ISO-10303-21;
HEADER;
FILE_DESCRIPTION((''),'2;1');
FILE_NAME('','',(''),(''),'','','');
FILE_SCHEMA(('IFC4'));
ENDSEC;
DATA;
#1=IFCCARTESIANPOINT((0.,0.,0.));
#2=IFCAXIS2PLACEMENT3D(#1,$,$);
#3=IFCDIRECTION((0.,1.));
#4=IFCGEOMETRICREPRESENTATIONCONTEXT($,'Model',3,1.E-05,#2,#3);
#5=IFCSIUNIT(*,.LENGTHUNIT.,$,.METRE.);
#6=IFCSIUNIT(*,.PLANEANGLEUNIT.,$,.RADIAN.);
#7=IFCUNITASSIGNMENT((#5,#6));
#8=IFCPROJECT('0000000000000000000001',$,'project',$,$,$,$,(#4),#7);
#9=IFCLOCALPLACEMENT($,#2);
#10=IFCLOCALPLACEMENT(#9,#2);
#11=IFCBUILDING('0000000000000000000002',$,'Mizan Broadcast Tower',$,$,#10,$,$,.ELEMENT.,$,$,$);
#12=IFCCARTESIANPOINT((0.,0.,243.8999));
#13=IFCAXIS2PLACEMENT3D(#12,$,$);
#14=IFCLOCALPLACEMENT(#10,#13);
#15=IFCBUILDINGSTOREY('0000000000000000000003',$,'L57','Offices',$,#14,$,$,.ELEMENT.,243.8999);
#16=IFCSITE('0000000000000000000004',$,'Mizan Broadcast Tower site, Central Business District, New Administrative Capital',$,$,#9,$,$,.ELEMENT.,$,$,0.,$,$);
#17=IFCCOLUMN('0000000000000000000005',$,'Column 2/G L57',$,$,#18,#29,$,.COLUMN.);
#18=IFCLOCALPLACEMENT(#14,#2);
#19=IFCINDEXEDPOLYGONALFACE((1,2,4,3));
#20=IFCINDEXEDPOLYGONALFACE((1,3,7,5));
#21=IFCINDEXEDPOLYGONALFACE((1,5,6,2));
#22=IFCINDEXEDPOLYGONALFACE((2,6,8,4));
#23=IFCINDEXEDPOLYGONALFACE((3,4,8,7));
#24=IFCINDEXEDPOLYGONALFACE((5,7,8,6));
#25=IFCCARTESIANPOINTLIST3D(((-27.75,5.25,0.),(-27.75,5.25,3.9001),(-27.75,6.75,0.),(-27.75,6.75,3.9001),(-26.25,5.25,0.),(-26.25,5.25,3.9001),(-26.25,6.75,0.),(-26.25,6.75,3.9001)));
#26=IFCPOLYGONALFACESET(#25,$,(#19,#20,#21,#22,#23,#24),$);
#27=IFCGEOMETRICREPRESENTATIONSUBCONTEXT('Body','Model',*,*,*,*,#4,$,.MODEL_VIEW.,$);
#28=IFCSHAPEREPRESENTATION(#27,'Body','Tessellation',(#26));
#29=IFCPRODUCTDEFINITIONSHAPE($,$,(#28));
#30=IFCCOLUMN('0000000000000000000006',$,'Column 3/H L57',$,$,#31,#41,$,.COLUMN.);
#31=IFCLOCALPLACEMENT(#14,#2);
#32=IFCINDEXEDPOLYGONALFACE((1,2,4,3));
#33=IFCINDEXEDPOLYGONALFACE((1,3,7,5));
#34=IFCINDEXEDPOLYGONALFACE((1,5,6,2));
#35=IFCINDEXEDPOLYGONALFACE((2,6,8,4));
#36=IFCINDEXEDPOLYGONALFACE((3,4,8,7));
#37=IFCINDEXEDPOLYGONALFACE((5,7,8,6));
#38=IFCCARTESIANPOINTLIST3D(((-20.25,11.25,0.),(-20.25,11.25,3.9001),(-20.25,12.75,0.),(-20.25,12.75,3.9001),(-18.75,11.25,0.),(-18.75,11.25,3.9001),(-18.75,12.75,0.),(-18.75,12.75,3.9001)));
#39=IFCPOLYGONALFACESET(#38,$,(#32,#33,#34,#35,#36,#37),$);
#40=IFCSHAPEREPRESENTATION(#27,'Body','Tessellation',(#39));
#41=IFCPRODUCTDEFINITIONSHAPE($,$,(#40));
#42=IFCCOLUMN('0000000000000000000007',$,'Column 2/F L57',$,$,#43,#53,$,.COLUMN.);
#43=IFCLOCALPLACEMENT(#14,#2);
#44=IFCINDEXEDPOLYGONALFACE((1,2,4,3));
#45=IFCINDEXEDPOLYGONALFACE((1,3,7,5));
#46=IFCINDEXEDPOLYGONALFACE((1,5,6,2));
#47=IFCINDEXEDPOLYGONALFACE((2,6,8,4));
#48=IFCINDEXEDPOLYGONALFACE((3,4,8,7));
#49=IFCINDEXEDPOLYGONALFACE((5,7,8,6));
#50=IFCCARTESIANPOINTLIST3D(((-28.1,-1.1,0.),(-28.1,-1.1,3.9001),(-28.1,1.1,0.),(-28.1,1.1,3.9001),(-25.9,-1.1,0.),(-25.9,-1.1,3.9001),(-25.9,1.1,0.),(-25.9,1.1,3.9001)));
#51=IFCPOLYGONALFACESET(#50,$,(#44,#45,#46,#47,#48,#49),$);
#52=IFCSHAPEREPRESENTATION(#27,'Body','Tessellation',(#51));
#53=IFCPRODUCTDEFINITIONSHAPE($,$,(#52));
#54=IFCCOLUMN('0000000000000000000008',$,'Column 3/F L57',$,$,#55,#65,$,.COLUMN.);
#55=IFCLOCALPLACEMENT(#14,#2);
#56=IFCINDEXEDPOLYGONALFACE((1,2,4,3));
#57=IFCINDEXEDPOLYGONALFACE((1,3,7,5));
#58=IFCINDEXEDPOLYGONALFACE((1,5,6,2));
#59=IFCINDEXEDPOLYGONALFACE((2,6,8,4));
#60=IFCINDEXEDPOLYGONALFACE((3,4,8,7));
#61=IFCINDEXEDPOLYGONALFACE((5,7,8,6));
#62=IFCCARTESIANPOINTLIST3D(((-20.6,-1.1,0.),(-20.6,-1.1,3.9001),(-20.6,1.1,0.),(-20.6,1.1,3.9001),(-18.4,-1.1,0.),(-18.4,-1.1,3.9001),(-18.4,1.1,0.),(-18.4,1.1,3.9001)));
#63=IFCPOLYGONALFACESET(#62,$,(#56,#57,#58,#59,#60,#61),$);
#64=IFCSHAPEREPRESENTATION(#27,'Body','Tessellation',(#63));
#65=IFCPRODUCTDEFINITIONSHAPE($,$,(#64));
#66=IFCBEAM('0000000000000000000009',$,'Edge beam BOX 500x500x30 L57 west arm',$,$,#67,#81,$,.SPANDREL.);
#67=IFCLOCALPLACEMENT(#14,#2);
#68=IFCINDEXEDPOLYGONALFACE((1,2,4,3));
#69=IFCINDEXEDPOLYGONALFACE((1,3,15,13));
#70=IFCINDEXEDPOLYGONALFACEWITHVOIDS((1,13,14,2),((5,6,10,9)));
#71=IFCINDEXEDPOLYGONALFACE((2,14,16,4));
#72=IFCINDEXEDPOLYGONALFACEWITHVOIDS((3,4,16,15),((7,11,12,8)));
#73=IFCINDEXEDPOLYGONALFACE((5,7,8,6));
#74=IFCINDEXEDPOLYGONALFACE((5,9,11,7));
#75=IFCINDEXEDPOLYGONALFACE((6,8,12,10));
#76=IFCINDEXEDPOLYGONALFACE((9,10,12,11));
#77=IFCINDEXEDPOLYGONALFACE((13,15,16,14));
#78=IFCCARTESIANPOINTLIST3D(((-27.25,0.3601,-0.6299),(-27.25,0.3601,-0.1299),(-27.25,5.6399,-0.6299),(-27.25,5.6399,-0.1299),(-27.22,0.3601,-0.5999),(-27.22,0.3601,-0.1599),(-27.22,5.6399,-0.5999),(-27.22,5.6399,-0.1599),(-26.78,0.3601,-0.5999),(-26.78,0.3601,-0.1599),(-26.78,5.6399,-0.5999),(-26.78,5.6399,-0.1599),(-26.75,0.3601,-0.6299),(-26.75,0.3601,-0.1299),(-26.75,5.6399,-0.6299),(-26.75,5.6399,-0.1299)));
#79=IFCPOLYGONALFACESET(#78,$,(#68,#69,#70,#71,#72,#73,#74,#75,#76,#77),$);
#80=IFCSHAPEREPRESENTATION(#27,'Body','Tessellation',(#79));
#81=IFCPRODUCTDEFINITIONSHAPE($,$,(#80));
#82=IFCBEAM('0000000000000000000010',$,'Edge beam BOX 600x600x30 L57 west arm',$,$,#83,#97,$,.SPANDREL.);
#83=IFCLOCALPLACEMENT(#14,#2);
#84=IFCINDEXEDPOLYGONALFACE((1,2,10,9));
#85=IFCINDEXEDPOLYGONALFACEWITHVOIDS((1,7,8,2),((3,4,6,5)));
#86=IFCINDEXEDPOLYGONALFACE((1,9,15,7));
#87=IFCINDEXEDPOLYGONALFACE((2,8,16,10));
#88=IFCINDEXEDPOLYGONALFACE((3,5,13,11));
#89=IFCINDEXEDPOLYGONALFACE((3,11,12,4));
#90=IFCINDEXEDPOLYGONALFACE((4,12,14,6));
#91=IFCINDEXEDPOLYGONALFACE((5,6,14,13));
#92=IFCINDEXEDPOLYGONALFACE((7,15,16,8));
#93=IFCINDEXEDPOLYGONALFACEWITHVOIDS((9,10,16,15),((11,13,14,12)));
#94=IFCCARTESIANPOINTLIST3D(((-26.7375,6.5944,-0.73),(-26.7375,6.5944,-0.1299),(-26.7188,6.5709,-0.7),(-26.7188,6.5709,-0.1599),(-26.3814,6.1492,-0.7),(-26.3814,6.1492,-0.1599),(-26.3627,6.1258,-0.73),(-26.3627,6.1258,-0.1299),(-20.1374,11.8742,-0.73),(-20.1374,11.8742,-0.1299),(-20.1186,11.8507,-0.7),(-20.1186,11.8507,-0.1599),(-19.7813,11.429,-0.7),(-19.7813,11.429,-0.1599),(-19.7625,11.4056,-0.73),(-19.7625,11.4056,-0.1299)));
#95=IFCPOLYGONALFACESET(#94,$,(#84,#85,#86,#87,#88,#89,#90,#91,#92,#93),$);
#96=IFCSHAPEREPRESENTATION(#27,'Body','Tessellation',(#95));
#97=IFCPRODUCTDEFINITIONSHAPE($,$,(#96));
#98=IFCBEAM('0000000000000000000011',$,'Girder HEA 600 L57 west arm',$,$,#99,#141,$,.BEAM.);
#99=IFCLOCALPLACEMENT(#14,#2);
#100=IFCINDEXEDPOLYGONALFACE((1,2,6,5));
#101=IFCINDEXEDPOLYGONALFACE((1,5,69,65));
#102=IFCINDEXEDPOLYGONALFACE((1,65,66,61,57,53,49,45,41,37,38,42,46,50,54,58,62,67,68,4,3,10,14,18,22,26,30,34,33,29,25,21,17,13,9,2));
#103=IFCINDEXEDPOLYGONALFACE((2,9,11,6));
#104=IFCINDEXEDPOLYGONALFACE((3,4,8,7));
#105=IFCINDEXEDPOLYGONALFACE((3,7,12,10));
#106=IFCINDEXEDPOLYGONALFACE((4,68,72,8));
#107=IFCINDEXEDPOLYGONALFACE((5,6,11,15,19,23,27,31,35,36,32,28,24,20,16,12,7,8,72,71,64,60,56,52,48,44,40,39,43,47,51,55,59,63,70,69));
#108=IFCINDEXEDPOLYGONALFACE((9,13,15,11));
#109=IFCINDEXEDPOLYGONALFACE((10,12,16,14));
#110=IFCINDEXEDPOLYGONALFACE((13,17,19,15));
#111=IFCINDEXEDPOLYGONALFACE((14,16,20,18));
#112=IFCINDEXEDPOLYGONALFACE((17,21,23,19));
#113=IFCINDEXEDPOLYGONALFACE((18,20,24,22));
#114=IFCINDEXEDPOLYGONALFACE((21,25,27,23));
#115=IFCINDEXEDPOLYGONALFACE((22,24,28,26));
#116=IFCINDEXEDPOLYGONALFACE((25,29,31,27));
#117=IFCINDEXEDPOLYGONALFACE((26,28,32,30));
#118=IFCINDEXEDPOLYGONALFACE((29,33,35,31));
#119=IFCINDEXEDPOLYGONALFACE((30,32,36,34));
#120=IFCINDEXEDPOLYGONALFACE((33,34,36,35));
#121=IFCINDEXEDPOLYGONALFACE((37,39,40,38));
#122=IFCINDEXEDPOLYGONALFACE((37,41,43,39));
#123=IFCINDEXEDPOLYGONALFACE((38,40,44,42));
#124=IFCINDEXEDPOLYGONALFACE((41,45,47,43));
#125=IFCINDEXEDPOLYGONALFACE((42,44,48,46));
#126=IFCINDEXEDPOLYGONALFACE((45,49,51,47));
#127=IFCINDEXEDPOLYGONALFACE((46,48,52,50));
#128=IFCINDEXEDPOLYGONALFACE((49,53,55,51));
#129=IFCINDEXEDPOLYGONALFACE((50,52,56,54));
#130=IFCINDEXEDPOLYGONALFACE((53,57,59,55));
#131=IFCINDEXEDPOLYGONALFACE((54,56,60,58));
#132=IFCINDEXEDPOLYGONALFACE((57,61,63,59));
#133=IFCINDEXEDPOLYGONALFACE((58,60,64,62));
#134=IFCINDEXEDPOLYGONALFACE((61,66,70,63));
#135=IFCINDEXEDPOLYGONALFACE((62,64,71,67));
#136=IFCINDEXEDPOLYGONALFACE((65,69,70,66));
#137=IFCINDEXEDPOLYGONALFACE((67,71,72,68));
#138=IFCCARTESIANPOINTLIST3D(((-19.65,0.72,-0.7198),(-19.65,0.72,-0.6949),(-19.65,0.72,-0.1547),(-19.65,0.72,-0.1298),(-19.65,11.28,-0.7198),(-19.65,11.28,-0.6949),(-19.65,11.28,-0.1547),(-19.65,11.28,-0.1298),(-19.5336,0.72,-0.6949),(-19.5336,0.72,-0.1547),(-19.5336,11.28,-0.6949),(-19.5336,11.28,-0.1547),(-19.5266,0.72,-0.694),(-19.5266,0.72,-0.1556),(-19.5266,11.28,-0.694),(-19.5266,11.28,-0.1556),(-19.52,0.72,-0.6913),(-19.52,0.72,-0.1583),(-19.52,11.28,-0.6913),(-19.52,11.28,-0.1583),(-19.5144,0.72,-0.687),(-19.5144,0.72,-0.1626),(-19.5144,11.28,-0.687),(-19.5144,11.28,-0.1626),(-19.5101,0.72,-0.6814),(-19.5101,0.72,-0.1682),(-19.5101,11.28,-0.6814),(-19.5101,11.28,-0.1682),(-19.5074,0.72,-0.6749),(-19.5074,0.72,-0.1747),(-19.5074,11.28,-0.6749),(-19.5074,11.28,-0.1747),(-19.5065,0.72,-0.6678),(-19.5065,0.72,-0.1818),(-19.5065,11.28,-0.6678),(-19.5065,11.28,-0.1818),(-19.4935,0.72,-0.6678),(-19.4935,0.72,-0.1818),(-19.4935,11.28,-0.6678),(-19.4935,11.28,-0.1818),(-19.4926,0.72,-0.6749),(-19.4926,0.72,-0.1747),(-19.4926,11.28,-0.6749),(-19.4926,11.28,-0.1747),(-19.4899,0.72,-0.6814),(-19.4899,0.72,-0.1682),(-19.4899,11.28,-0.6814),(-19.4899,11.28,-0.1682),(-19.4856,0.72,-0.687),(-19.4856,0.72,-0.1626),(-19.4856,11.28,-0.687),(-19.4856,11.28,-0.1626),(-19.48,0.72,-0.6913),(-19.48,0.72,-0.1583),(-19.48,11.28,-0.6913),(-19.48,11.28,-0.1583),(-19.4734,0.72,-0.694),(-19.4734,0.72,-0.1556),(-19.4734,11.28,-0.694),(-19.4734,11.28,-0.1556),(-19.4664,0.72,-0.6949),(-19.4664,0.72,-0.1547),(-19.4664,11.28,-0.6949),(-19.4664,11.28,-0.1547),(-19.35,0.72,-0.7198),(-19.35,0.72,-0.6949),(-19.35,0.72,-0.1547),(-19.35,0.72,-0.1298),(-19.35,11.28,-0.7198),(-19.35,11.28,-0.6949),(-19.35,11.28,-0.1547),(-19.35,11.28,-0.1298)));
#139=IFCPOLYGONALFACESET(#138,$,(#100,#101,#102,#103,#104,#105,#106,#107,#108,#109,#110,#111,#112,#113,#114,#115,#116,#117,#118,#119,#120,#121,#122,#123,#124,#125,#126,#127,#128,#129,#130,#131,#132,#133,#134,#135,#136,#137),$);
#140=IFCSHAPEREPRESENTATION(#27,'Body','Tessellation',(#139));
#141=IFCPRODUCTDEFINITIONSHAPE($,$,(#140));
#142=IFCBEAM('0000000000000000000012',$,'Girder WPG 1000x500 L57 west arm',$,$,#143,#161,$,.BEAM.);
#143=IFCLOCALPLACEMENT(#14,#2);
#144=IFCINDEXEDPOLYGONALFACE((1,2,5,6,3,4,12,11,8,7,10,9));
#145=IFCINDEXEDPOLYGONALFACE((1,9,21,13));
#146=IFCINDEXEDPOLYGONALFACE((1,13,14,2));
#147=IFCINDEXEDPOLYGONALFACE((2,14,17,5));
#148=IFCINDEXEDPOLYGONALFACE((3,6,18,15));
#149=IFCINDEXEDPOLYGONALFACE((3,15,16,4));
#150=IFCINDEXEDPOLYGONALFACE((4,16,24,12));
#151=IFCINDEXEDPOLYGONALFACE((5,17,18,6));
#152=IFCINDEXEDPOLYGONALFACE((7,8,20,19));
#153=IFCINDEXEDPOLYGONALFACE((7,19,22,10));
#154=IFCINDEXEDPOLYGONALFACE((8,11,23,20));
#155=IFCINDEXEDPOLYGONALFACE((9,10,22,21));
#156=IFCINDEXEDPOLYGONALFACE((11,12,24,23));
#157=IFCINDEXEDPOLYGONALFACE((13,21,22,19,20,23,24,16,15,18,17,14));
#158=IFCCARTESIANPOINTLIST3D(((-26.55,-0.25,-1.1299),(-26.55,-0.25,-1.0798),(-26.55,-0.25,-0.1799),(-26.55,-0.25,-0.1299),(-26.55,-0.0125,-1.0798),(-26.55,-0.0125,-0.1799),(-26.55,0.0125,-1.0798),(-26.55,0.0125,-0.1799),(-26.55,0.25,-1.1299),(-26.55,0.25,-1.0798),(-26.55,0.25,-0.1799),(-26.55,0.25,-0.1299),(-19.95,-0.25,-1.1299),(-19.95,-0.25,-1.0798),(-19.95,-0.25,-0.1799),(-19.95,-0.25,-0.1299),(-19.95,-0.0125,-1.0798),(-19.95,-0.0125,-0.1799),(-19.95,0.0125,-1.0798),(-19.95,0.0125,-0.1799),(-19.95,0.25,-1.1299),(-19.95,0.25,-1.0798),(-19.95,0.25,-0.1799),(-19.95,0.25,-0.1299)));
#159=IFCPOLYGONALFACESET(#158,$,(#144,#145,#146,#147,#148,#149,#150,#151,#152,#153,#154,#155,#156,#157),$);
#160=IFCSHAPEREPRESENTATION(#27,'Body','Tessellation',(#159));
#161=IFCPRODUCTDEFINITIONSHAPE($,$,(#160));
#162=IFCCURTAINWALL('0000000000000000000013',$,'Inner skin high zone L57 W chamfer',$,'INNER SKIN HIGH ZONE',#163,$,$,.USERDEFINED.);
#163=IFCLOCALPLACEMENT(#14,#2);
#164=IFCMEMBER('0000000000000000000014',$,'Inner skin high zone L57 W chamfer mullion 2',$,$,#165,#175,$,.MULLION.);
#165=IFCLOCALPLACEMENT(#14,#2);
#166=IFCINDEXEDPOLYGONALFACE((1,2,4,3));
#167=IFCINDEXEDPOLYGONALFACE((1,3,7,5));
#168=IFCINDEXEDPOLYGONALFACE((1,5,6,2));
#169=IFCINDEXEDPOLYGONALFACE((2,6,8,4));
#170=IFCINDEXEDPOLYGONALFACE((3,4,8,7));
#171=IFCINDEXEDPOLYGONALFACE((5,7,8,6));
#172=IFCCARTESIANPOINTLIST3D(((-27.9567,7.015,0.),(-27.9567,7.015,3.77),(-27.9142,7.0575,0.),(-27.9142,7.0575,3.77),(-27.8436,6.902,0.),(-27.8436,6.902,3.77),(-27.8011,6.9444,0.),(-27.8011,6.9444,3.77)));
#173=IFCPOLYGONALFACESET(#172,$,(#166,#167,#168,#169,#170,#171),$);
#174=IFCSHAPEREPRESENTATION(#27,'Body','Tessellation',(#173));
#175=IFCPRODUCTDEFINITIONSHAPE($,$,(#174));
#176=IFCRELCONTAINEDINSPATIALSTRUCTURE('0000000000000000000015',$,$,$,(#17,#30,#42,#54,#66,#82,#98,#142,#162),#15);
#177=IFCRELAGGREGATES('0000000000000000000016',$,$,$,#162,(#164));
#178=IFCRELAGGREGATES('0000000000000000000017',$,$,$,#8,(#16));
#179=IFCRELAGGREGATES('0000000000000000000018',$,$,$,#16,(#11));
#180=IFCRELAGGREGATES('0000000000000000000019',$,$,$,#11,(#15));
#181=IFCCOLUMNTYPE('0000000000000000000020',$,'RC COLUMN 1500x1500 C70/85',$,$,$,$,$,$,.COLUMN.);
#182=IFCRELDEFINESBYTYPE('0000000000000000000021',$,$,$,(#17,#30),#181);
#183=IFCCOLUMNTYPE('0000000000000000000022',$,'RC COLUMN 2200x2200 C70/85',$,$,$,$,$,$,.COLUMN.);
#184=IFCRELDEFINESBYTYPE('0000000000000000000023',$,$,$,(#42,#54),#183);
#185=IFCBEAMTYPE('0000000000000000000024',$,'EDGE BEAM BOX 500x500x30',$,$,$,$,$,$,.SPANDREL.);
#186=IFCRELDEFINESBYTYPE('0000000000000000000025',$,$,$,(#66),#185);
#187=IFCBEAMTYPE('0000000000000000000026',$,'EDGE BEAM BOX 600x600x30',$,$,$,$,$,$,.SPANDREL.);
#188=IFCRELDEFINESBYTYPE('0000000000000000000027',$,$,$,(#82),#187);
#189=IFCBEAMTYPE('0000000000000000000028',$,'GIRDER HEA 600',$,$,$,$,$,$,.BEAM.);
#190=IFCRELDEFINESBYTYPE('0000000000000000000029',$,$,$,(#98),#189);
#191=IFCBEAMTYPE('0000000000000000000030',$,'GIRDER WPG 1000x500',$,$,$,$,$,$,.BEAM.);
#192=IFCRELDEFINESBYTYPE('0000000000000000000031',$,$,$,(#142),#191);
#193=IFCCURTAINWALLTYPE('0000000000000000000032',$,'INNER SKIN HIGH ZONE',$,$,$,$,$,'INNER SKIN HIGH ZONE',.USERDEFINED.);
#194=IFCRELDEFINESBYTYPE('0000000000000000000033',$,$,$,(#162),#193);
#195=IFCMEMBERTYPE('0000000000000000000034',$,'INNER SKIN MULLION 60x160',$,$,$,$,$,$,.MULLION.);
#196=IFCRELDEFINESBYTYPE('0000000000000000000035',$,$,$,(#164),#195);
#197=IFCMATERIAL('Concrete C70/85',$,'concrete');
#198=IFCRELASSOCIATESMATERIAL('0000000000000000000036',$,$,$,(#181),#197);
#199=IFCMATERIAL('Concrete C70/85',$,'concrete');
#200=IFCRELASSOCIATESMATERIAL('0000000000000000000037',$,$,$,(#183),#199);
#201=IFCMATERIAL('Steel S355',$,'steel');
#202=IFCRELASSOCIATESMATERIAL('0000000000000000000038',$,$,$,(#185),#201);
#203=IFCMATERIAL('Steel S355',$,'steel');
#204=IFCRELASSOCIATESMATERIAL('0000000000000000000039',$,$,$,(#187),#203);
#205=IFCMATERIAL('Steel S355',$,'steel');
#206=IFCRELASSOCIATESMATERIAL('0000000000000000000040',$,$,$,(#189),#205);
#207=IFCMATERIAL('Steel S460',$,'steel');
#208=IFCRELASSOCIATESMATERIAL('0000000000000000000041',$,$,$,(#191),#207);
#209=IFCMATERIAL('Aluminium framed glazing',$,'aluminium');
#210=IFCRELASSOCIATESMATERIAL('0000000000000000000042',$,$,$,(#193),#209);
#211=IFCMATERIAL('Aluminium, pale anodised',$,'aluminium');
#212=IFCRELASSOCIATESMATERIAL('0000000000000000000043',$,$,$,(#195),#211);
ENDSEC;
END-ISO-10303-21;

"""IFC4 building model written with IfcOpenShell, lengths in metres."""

from ifc_helpers import new_model, si_unit, direction, frame, origin, origin_2d, place, context, subcontext, project, spatial, rectangle, hollow_rectangle, i_section, extrude, material, material_profile, profile_set, type_object, element, aggregate, save


model = new_model("IFC4")

# Units and contexts
model_context = context("Model", 3, precision=1e-05, world=origin(), true_north=direction((0.0, 1.0)))
body_context = subcontext(model_context, "Body", "Model", "MODEL_VIEW")
ifc_project = project(units=[si_unit("LENGTHUNIT", "METRE"), si_unit("PLANEANGLEUNIT", "RADIAN")], contexts=[model_context])

# Site, building, storey
site_placement = place(None, origin())
site = spatial("IfcSite", under=ifc_project, at=site_placement, Name="Mizan Broadcast Tower site, Central Business District, New Administrative Capital", CompositionType="ELEMENT", RefElevation=0.0)
building_placement = place(site_placement, origin())
building = spatial("IfcBuilding", under=site, at=building_placement, Name="Mizan Broadcast Tower", CompositionType="ELEMENT")
storey_placement = place(building_placement, frame((0.0, 0.0, 243.8999)))
storey = spatial("IfcBuildingStorey", under=building, at=storey_placement, Name="L57", Description="Offices", CompositionType="ELEMENT", Elevation=243.8999)

# Columns
ifc_material_1 = material(Name="Concrete C70/85", Category="concrete")
ifc_material_profile_1 = material_profile(ifc_material_1, rectangle(XDim=1.5, YDim=1.5, at=origin_2d()), Name="RC 1500x1500")
ifc_profile_set_1 = profile_set([ifc_material_profile_1], Name="Concrete C70/85")
column_type_1 = type_object("IfcColumnType", Name="RC COLUMN 1500x1500 C70/85", PredefinedType="COLUMN", material=ifc_profile_set_1)
for number, where, z_axis, x_axis, name in (
    (1, (-27.0, 6.0, 0.0), (0.0, 0.0, 1.0), (1.0, 0.0, 0.0), "Column 2/G L57"),
    (2, (-19.5, 12.0, 0.0), (0.0, 0.0, 1.0), (1.0, 0.0, 0.0), "Column 3/H L57"),
):
    element("IfcColumn", number, at=place(storey_placement, frame(where, z_axis=z_axis, x_axis=x_axis)), inside=storey, type_object=column_type_1, Name=name, PredefinedType="COLUMN", context=body_context, shape_type="SweptSolid", body=[
        extrude(rectangle(XDim=1.5, YDim=1.5, at=origin_2d()), origin(), (0.0, 0.0, 1.0), 3.9001),
    ])
ifc_material_2 = material(Name="Concrete C70/85", Category="concrete")
ifc_material_profile_2 = material_profile(ifc_material_2, rectangle(XDim=2.2, YDim=2.2, at=origin_2d()), Name="RC 2200x2200")
ifc_profile_set_2 = profile_set([ifc_material_profile_2], Name="Concrete C70/85")
column_type_2 = type_object("IfcColumnType", Name="RC COLUMN 2200x2200 C70/85", PredefinedType="COLUMN", material=ifc_profile_set_2)
for number, where, z_axis, x_axis, name in (
    (3, (-27.0, 0.0, 0.0), (0.0, 0.0, 1.0), (1.0, 0.0, 0.0), "Column 2/F L57"),
    (4, (-19.5, 0.0, 0.0), (0.0, 0.0, 1.0), (1.0, 0.0, 0.0), "Column 3/F L57"),
):
    element("IfcColumn", number, at=place(storey_placement, frame(where, z_axis=z_axis, x_axis=x_axis)), inside=storey, type_object=column_type_2, Name=name, PredefinedType="COLUMN", context=body_context, shape_type="SweptSolid", body=[
        extrude(rectangle(XDim=2.2, YDim=2.2, at=origin_2d()), origin(), (0.0, 0.0, 1.0), 3.9001),
    ])

# Beams
ifc_material_3 = material(Name="Steel S355", Category="steel")
ifc_material_profile_3 = material_profile(ifc_material_3, hollow_rectangle(XDim=0.5, YDim=0.5, WallThickness=0.03, at=origin_2d()), Name="BOX 500x500x30")
ifc_profile_set_3 = profile_set([ifc_material_profile_3], Name="Steel S355")
beam_type_1 = type_object("IfcBeamType", Name="EDGE BEAM BOX 500x500x30", PredefinedType="SPANDREL", material=ifc_profile_set_3)
beam_1_placement = place(storey_placement, frame((-27.0, 5.6399, -0.3799), z_axis=(0.0, -1.0, 0.0), x_axis=(1.0, 0.0, 0.0)))
element("IfcBeam", 5, at=beam_1_placement, inside=storey, type_object=beam_type_1, Name="Edge beam BOX 500x500x30 L57 west arm", PredefinedType="SPANDREL", context=body_context, shape_type="SweptSolid", body=[
    extrude(hollow_rectangle(XDim=0.5, YDim=0.5, WallThickness=0.03, at=origin_2d()), origin(), (0.0, 0.0, 1.0), 5.2798),
])
ifc_material_4 = material(Name="Steel S355", Category="steel")
ifc_material_profile_4 = material_profile(ifc_material_4, hollow_rectangle(XDim=0.6001, YDim=0.6001, WallThickness=0.03, at=origin_2d()), Name="BOX 600x600x30")
ifc_profile_set_4 = profile_set([ifc_material_profile_4], Name="Steel S355")
beam_type_2 = type_object("IfcBeamType", Name="EDGE BEAM BOX 600x600x30", PredefinedType="SPANDREL", material=ifc_profile_set_4)
beam_2_placement = place(storey_placement, frame((-19.95, 11.6399, -0.4299), z_axis=(-0.780886, -0.624674, 0.0), x_axis=(0.624674, -0.780886, 0.0)))
element("IfcBeam", 6, at=beam_2_placement, inside=storey, type_object=beam_type_2, Name="Edge beam BOX 600x600x30 L57 west arm", PredefinedType="SPANDREL", context=body_context, shape_type="SweptSolid", body=[
    extrude(hollow_rectangle(XDim=0.6001, YDim=0.6001, WallThickness=0.03, at=origin_2d()), origin(), (0.0, 0.0, 1.0), 8.4521),
])
ifc_material_5 = material(Name="Steel S355", Category="steel")
ifc_material_profile_5 = material_profile(ifc_material_5, i_section(OverallWidth=0.3, OverallDepth=0.5901, WebThickness=0.0129, FlangeThickness=0.0249, FilletRadius=0.0271, at=origin_2d()), Name="HEA 600")
ifc_profile_set_5 = profile_set([ifc_material_profile_5], Name="Steel S355")
beam_type_3 = type_object("IfcBeamType", Name="GIRDER HEA 600", PredefinedType="BEAM", material=ifc_profile_set_5)
beam_3_placement = place(storey_placement, frame((-19.5, 11.28, -0.4248), z_axis=(0.0, -1.0, 0.0), x_axis=(1.0, 0.0, 0.0)))
element("IfcBeam", 7, at=beam_3_placement, inside=storey, type_object=beam_type_3, Name="Girder HEA 600 L57 west arm", PredefinedType="BEAM", context=body_context, shape_type="SweptSolid", body=[
    extrude(i_section(OverallWidth=0.3, OverallDepth=0.5901, WebThickness=0.0129, FlangeThickness=0.0249, FilletRadius=0.0271, at=origin_2d()), origin(), (0.0, 0.0, 1.0), 10.5601),
])
ifc_material_6 = material(Name="Steel S460", Category="steel")
ifc_material_profile_6 = material_profile(ifc_material_6, i_section(OverallWidth=0.5, OverallDepth=1.0, WebThickness=0.0249, FlangeThickness=0.05, at=origin_2d()), Name="WPG 1000x500")
ifc_profile_set_6 = profile_set([ifc_material_profile_6], Name="Steel S460")
beam_type_4 = type_object("IfcBeamType", Name="GIRDER WPG 1000x500", PredefinedType="BEAM", material=ifc_profile_set_6)
beam_4_placement = place(storey_placement, frame((-19.95, 0.0, -0.6299), z_axis=(-1.0, 0.0, 0.0), x_axis=(0.0, -1.0, 0.0)))
element("IfcBeam", 8, at=beam_4_placement, inside=storey, type_object=beam_type_4, Name="Girder WPG 1000x500 L57 west arm", PredefinedType="BEAM", context=body_context, shape_type="SweptSolid", body=[
    extrude(i_section(OverallWidth=0.5, OverallDepth=1.0, WebThickness=0.0249, FlangeThickness=0.05, at=origin_2d()), origin(), (0.0, 0.0, 1.0), 6.6001),
])

# Curtain wall, member
ifc_material_7 = material(Name="Aluminium framed glazing", Category="aluminium")
curtain_wall_type_1 = type_object("IfcCurtainWallType", Name="INNER SKIN HIGH ZONE", ElementType="INNER SKIN HIGH ZONE", PredefinedType="USERDEFINED", material=ifc_material_7)
curtain_wall_1_placement = place(storey_placement, origin())
curtain_wall_1 = element("IfcCurtainWall", 9, at=curtain_wall_1_placement, inside=storey, type_object=curtain_wall_type_1, Name="Inner skin high zone L57 W chamfer", ObjectType="INNER SKIN HIGH ZONE", PredefinedType="USERDEFINED")
ifc_material_8 = material(Name="Aluminium, pale anodised", Category="aluminium")
ifc_material_profile_7 = material_profile(ifc_material_8, rectangle(XDim=0.1599, YDim=0.0601, at=origin_2d()), Name="MULLION 160x60")
ifc_profile_set_7 = profile_set([ifc_material_profile_7], Name="Aluminium, pale anodised")
member_type_1 = type_object("IfcMemberType", Name="INNER SKIN MULLION 60x160", PredefinedType="MULLION", material=ifc_profile_set_7)
member_1_placement = place(storey_placement, frame((-27.8789, 6.9797, 0.0), z_axis=(0.0, 0.0, 1.0), x_axis=(0.707107, -0.707107, 0.0)))
member_1 = element("IfcMember", 10, at=member_1_placement, type_object=member_type_1, Name="Inner skin high zone L57 W chamfer mullion 2", PredefinedType="MULLION", context=body_context, shape_type="SweptSolid", body=[
    extrude(rectangle(XDim=0.1599, YDim=0.0601, at=origin_2d()), origin(), (0.0, 0.0, 1.0), 3.77),
])

aggregate(curtain_wall_1, [member_1])

save(model, "model.ifc")
